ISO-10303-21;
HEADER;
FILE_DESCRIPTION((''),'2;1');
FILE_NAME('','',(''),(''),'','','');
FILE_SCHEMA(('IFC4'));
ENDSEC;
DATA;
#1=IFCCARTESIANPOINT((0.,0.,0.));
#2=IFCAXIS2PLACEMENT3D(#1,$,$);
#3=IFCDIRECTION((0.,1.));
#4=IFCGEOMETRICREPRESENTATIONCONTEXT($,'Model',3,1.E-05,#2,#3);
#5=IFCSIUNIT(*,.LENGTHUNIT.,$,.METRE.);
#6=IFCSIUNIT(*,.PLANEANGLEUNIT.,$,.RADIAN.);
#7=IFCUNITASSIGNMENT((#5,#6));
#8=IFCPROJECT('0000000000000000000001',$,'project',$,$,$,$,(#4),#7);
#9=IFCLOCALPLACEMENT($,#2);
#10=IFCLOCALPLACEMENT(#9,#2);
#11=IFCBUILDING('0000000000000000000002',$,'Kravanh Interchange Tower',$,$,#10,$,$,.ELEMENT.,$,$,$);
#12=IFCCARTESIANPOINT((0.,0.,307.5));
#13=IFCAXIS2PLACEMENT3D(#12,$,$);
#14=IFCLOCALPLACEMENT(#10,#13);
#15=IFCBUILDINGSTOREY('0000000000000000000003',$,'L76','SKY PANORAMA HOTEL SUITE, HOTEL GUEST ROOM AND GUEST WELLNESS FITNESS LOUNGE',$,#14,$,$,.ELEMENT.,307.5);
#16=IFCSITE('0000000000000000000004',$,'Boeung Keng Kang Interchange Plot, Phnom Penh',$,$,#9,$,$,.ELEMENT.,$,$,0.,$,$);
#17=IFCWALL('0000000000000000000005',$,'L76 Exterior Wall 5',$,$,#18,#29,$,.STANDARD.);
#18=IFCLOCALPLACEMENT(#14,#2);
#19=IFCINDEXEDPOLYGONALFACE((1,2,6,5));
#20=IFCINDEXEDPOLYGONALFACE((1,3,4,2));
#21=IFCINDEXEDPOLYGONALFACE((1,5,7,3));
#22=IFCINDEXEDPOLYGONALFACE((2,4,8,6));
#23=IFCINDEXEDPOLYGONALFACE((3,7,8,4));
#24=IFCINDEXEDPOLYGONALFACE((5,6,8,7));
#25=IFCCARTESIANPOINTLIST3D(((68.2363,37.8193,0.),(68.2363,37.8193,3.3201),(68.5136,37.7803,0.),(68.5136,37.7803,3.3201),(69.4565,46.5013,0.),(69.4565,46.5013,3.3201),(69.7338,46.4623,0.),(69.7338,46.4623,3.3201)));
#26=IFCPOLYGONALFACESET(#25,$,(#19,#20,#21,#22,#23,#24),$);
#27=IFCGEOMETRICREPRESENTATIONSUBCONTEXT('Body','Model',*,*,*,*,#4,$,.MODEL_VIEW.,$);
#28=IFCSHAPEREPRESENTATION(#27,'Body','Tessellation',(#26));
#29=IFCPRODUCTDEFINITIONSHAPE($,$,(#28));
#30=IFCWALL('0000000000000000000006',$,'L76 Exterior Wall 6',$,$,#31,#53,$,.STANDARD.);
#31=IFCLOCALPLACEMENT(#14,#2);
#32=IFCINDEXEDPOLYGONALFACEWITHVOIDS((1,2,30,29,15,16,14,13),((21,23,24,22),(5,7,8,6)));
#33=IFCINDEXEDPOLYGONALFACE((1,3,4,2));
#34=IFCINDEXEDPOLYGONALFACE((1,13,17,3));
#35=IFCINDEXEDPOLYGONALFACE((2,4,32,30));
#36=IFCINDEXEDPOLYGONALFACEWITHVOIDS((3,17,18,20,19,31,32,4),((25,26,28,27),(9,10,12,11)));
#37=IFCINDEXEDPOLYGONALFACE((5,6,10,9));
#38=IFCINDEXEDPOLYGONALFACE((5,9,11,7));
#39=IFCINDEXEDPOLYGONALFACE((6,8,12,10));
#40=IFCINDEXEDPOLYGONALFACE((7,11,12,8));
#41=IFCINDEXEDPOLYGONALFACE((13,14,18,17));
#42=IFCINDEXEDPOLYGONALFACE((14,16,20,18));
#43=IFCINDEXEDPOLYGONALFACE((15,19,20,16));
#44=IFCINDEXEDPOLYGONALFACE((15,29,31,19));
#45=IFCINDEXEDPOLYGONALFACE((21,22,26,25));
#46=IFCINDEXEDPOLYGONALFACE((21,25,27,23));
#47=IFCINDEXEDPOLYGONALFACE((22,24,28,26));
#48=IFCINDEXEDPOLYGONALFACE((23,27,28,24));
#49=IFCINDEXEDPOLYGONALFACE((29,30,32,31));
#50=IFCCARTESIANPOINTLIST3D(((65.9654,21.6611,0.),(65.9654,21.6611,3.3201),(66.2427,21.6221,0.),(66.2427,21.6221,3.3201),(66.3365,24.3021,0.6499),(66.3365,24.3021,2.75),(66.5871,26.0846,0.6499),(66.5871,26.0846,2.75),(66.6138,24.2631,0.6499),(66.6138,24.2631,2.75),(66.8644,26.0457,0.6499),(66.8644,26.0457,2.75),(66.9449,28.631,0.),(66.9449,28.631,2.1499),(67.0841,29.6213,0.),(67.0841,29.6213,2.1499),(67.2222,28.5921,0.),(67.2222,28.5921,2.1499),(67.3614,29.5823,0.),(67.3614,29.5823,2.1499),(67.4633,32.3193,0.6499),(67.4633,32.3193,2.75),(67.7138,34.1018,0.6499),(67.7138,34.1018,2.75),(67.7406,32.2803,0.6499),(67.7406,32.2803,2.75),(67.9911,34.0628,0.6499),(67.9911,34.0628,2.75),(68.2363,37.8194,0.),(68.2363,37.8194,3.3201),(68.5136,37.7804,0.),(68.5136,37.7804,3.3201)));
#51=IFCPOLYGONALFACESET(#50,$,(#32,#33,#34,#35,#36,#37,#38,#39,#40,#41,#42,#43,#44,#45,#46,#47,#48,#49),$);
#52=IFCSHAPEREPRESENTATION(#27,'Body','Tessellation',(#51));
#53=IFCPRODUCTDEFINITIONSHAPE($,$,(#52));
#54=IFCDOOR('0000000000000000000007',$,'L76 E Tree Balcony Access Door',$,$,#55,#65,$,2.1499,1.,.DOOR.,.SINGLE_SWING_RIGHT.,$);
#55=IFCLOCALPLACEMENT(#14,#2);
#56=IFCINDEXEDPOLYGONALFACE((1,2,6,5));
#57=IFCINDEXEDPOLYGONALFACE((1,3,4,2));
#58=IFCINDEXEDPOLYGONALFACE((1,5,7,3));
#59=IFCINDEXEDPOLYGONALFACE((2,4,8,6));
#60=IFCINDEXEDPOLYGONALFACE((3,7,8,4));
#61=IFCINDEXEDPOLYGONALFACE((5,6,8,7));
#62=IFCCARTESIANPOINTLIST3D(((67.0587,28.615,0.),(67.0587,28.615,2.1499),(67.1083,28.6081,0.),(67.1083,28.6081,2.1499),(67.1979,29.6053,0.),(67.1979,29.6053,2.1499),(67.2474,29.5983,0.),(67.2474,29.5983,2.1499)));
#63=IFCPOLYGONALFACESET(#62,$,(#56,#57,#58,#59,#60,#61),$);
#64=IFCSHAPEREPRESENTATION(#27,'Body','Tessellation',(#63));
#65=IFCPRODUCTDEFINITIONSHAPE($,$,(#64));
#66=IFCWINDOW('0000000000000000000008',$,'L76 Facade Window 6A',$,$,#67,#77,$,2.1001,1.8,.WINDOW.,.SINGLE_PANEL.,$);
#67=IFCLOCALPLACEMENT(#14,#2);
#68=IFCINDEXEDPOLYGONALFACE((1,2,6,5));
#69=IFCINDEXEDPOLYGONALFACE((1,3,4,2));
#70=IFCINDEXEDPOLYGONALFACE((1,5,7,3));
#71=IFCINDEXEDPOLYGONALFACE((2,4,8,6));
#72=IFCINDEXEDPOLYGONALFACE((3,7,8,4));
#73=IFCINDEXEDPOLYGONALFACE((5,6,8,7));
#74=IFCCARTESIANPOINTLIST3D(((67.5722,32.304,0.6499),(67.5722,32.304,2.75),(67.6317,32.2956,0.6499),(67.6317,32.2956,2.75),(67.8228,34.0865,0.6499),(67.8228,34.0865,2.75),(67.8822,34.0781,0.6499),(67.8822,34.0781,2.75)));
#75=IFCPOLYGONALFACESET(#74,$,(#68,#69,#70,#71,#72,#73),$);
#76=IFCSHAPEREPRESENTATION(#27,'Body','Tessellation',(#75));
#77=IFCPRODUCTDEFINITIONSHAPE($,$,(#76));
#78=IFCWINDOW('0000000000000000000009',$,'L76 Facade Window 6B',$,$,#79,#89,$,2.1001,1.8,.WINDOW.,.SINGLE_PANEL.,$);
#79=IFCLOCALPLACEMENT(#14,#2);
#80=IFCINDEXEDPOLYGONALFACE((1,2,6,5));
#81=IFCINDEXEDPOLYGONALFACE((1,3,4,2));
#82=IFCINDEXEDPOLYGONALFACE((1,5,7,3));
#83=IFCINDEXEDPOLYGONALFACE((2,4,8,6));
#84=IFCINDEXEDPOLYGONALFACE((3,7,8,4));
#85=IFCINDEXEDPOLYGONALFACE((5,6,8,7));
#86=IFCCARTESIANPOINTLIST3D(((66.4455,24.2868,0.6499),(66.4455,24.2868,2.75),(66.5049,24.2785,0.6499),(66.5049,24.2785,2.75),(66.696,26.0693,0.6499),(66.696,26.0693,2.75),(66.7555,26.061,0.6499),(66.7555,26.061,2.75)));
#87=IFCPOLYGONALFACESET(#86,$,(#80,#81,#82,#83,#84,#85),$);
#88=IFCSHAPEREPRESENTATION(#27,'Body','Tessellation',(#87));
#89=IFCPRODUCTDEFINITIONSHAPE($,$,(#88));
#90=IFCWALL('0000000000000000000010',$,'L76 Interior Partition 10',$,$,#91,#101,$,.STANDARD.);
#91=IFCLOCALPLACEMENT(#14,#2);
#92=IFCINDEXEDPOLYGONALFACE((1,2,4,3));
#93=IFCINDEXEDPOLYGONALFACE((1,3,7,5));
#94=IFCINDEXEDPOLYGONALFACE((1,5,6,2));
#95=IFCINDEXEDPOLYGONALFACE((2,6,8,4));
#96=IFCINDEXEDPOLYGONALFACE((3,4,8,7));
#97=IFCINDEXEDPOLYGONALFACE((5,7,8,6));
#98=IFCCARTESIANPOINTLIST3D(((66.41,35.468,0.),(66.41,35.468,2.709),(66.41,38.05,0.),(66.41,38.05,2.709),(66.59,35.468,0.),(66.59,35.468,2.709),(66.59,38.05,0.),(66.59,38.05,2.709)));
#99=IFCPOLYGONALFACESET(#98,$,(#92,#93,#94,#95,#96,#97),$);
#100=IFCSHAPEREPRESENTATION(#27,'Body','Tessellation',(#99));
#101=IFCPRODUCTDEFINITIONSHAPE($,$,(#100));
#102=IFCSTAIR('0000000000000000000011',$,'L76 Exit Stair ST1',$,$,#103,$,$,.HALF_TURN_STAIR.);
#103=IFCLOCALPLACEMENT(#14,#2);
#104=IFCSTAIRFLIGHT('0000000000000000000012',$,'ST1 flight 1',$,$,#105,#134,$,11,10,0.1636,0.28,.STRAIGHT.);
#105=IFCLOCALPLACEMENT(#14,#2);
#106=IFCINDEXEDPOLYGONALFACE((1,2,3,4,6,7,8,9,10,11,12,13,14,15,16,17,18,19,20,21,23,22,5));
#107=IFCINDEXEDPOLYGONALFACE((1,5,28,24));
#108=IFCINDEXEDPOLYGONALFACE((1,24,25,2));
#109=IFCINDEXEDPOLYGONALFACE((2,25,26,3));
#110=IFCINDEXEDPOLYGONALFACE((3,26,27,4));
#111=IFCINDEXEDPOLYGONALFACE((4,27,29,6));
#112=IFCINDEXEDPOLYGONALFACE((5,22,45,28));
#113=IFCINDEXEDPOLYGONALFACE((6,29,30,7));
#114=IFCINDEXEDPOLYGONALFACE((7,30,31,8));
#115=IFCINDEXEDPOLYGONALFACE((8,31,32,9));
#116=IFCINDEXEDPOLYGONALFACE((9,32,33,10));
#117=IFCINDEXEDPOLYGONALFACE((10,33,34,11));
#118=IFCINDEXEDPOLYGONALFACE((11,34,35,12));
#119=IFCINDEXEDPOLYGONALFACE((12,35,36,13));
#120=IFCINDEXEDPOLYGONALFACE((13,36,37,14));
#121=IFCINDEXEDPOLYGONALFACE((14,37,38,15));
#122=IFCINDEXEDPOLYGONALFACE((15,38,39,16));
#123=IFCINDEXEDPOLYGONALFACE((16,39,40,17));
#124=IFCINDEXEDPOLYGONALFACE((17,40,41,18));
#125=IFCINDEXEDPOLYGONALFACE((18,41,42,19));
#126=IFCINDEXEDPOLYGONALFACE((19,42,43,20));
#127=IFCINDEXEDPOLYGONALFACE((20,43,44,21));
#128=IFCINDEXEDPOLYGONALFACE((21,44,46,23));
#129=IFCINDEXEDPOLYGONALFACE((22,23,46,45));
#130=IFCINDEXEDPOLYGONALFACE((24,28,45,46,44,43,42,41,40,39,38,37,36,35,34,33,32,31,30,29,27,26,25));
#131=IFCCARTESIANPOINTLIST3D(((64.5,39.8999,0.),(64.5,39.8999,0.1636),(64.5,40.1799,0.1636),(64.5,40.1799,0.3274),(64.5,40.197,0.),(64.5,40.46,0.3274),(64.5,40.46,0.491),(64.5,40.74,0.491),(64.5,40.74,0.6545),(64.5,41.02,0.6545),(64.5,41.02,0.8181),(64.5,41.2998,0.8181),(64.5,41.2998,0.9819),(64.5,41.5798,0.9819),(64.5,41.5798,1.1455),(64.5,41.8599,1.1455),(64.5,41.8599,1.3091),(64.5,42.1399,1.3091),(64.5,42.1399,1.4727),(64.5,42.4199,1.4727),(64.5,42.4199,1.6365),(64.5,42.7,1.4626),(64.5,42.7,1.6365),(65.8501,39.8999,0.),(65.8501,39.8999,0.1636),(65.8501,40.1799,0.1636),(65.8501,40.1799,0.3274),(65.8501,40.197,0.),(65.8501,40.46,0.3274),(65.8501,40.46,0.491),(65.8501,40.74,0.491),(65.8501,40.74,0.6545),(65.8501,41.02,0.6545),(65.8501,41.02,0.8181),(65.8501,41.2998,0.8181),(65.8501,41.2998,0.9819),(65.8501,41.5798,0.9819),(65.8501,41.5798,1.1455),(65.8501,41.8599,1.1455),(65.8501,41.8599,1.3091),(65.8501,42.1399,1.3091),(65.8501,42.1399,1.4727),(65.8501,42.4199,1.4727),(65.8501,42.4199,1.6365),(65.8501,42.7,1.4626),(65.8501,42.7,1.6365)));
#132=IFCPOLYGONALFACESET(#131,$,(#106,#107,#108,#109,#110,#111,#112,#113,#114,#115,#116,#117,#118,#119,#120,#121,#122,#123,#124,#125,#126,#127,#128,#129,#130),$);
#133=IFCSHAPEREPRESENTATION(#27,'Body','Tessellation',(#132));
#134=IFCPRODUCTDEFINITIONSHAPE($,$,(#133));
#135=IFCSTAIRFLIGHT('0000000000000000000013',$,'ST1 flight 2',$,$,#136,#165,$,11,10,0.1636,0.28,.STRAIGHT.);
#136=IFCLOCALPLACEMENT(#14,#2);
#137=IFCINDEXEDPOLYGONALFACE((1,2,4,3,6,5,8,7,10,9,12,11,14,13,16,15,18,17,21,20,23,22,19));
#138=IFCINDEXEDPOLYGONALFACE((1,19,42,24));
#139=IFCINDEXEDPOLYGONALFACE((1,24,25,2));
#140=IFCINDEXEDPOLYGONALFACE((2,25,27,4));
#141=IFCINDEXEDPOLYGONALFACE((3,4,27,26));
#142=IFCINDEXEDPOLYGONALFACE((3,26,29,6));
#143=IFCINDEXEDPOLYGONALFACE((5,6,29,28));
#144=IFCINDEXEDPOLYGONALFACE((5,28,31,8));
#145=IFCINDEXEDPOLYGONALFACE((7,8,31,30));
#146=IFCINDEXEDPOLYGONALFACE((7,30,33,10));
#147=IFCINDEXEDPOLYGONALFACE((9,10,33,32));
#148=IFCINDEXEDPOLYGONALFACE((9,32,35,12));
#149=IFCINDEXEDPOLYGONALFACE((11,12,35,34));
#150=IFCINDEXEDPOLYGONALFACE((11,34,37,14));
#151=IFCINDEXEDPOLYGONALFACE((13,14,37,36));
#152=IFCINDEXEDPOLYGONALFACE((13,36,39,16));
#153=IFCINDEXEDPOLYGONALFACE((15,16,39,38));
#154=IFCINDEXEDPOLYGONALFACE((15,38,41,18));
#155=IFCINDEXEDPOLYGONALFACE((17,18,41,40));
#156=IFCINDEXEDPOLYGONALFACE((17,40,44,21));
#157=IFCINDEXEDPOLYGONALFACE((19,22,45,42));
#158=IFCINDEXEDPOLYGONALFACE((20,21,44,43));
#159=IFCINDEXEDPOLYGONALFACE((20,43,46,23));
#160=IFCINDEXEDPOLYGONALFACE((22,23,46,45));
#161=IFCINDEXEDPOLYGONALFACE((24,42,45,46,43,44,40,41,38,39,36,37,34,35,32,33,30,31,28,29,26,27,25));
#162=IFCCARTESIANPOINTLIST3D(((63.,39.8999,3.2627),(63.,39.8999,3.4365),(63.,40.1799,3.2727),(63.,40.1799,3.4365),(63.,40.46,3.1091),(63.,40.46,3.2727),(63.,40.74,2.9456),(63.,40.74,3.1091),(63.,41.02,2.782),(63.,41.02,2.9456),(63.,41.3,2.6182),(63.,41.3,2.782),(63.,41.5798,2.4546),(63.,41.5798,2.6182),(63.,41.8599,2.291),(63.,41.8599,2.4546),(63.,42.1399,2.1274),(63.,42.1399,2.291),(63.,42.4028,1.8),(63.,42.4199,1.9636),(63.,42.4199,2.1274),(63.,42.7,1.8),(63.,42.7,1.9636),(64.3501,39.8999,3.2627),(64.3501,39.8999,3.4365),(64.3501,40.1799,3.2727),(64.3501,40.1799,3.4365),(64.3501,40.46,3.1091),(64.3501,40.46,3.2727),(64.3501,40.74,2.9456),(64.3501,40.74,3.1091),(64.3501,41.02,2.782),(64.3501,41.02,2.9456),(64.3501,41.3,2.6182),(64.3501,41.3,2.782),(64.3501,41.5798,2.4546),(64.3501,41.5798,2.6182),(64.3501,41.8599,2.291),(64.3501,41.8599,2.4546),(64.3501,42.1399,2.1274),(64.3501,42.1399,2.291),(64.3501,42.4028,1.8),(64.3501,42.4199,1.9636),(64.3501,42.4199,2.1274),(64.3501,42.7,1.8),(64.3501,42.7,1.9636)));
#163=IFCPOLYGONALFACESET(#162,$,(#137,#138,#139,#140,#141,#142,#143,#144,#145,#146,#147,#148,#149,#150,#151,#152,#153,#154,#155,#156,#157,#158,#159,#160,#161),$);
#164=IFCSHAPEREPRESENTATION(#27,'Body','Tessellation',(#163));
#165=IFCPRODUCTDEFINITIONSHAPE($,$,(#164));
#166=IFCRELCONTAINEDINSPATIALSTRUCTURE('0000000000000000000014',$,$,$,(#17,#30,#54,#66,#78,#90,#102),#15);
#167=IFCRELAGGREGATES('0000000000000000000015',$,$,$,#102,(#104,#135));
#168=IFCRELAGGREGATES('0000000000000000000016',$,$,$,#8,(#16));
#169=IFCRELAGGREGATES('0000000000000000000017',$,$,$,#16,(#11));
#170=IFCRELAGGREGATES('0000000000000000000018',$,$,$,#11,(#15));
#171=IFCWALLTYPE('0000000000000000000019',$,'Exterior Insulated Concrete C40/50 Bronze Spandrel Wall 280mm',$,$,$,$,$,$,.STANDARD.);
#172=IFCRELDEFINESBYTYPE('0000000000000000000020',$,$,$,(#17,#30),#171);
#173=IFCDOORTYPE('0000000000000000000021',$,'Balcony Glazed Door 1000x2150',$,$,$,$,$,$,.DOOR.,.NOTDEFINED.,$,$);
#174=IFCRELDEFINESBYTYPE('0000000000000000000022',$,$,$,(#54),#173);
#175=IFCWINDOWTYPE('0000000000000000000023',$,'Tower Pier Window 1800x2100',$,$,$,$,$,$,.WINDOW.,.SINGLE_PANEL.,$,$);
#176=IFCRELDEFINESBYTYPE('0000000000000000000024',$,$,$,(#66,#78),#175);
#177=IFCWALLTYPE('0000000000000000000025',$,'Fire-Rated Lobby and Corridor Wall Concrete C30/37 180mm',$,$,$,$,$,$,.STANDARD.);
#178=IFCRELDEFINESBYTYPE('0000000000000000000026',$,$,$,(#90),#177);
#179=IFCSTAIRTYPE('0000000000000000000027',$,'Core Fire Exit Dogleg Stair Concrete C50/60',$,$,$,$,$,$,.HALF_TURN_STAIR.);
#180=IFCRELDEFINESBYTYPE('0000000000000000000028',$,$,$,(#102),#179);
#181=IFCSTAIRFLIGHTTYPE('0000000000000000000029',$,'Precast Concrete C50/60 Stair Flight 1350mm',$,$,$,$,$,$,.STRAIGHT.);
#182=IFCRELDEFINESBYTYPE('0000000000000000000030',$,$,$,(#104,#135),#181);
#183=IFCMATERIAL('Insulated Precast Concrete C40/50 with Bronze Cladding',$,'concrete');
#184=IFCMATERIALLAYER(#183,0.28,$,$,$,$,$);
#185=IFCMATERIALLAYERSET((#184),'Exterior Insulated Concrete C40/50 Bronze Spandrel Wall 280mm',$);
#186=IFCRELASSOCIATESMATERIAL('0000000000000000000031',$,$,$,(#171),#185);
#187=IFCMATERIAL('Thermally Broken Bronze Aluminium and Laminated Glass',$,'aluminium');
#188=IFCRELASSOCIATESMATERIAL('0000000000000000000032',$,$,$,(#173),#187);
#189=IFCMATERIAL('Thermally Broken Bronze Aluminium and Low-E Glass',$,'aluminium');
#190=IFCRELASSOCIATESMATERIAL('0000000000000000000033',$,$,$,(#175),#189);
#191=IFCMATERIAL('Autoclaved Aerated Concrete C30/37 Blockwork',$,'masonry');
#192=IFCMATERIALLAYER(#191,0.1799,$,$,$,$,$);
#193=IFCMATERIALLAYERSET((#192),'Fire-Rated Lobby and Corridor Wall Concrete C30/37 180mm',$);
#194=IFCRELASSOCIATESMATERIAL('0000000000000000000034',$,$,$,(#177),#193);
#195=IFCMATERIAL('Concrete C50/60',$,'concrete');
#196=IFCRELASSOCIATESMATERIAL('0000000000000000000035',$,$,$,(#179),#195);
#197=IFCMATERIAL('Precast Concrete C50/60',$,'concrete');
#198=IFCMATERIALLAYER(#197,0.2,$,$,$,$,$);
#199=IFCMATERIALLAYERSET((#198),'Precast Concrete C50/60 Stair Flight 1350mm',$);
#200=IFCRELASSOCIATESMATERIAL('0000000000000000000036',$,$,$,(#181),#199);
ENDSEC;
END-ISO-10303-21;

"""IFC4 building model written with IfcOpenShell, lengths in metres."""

from ifc_helpers import new_model, si_unit, direction, frame, frame_2d, origin, place, context, subcontext, project, spatial, polyline, rectangle, outline, extrude, material, layer, layer_set, type_object, element, fill, aggregate, save


model = new_model("IFC4")

# Units and contexts
model_context = context("Model", 3, precision=1e-05, world=origin(), true_north=direction((0.0, 1.0)))
body_context = subcontext(model_context, "Body", "Model", "MODEL_VIEW")
ifc_project = project(units=[si_unit("LENGTHUNIT", "METRE"), si_unit("PLANEANGLEUNIT", "RADIAN")], contexts=[model_context])

# Site, building, storey
site_placement = place(None, origin())
site = spatial("IfcSite", under=ifc_project, at=site_placement, Name="Boeung Keng Kang Interchange Plot, Phnom Penh", CompositionType="ELEMENT", RefElevation=0.0)
building_placement = place(site_placement, origin())
building = spatial("IfcBuilding", under=site, at=building_placement, Name="Kravanh Interchange Tower", CompositionType="ELEMENT")
storey_placement = place(building_placement, frame((0.0, 0.0, 307.5)))
storey = spatial("IfcBuildingStorey", under=building, at=storey_placement, Name="L76", Description="SKY PANORAMA HOTEL SUITE, HOTEL GUEST ROOM AND GUEST WELLNESS FITNESS LOUNGE", CompositionType="ELEMENT", Elevation=307.5)

# Wall
ifc_material_1 = material(Name="Insulated Precast Concrete C40/50 with Bronze Cladding", Category="concrete")
ifc_layer_1 = layer(ifc_material_1, 0.28)
ifc_layer_set_1 = layer_set([ifc_layer_1], Name="Exterior Insulated Concrete C40/50 Bronze Spandrel Wall 280mm")
wall_type_1 = type_object("IfcWallType", Name="Exterior Insulated Concrete C40/50 Bronze Spandrel Wall 280mm", PredefinedType="STANDARD", material=ifc_layer_set_1)
wall_1_placement = place(storey_placement, frame((69.5952, 46.4819, 0.0), z_axis=(0.0, 0.0, 1.0), x_axis=(-0.139179, -0.990267, 0.0)))
element("IfcWall", 1, at=wall_1_placement, inside=storey, type_object=wall_type_1, Name="L76 Exterior Wall 5", PredefinedType="STANDARD", context=body_context, shape_type="SweptSolid", body=[
    extrude(rectangle(XDim=8.7673, YDim=0.28, at=frame_2d((4.3838, 0.0))), origin(), (0.0, 0.0, 1.0), 3.3201),
])

# Wall, openings, door, windows
wall_2_placement = place(storey_placement, frame((68.375, 37.8, 0.0), z_axis=(0.0, 0.0, 1.0), x_axis=(-0.139178, -0.990267, 0.0)))
wall_2 = element("IfcWall", 2, at=wall_2_placement, inside=storey, type_object=wall_type_1, Name="L76 Exterior Wall 6", PredefinedType="STANDARD", context=body_context, shape_type="SweptSolid", body=[
    extrude(rectangle(XDim=16.3171, YDim=0.28, at=frame_2d((8.1587, 0.0))), origin(), (0.0, 0.0, 1.0), 3.3201),
])
opening_1_placement = place(wall_2_placement, frame((8.2788, 0.0, 0.0)))
opening_1 = element("IfcOpeningElement", 3, at=opening_1_placement, cuts=wall_2, PredefinedType="OPENING", context=body_context, shape_type="SweptSolid", body=[
    extrude(rectangle(XDim=1.0, YDim=2.1499, at=frame_2d((0.5, 1.075))), frame((0.0, 0.1499, 0.0), z_axis=(0.0, -1.0, 0.0), x_axis=(1.0, 0.0, 0.0)), (0.0, 0.0, 1.0), 0.3),
])
opening_2_placement = place(wall_2_placement, frame((3.7544, 0.0, 0.6499)))
opening_2 = element("IfcOpeningElement", 4, at=opening_2_placement, cuts=wall_2, PredefinedType="OPENING", context=body_context, shape_type="SweptSolid", body=[
    extrude(rectangle(XDim=1.8, YDim=2.1001, at=frame_2d((0.8999, 1.05))), frame((0.0, 0.1499, 0.0), z_axis=(0.0, -1.0, 0.0), x_axis=(1.0, 0.0, 0.0)), (0.0, 0.0, 1.0), 0.3),
])
opening_3_placement = place(wall_2_placement, frame((11.8503, 0.0, 0.6499)))
opening_3 = element("IfcOpeningElement", 5, at=opening_3_placement, cuts=wall_2, PredefinedType="OPENING", context=body_context, shape_type="SweptSolid", body=[
    extrude(rectangle(XDim=1.8, YDim=2.1001, at=frame_2d((0.8999, 1.05))), frame((0.0, 0.1499, 0.0), z_axis=(0.0, -1.0, 0.0), x_axis=(1.0, 0.0, 0.0)), (0.0, 0.0, 1.0), 0.3),
])
ifc_material_2 = material(Name="Thermally Broken Bronze Aluminium and Laminated Glass", Category="aluminium")
door_type_1 = type_object("IfcDoorType", Name="Balcony Glazed Door 1000x2150", OperationType="NOTDEFINED", PredefinedType="DOOR", material=ifc_material_2)
door_1_placement = place(opening_1_placement, origin())
door_1 = element("IfcDoor", 6, at=door_1_placement, inside=storey, type_object=door_type_1, Name="L76 E Tree Balcony Access Door", OperationType="SINGLE_SWING_RIGHT", OverallHeight=2.1499, OverallWidth=1.0, PredefinedType="DOOR", context=body_context, shape_type="SweptSolid", body=[
    extrude(rectangle(XDim=1.0, YDim=2.1499, at=frame_2d((0.5, 1.075))), frame((0.0, 0.0249, 0.0), z_axis=(0.0, -1.0, 0.0), x_axis=(1.0, 0.0, 0.0)), (0.0, 0.0, 1.0), 0.05),
])
fill(opening_1, door_1)
ifc_material_3 = material(Name="Thermally Broken Bronze Aluminium and Low-E Glass", Category="aluminium")
window_type = type_object("IfcWindowType", Name="Tower Pier Window 1800x2100", PartitioningType="SINGLE_PANEL", PredefinedType="WINDOW", material=ifc_material_3)
window_1_placement = place(opening_2_placement, origin())
window_1 = element("IfcWindow", 7, at=window_1_placement, inside=storey, type_object=window_type, Name="L76 Facade Window 6A", OverallHeight=2.1001, OverallWidth=1.8, PartitioningType="SINGLE_PANEL", PredefinedType="WINDOW", context=body_context, shape_type="SweptSolid", body=[
    extrude(rectangle(XDim=1.8, YDim=2.1001, at=frame_2d((0.8999, 1.05))), frame((0.0, 0.03, 0.0), z_axis=(0.0, -1.0, 0.0), x_axis=(1.0, 0.0, 0.0)), (0.0, 0.0, 1.0), 0.0601),
])
fill(opening_2, window_1)
window_2_placement = place(opening_3_placement, origin())
window_2 = element("IfcWindow", 8, at=window_2_placement, inside=storey, type_object=window_type, Name="L76 Facade Window 6B", OverallHeight=2.1001, OverallWidth=1.8, PartitioningType="SINGLE_PANEL", PredefinedType="WINDOW", context=body_context, shape_type="SweptSolid", body=[
    extrude(rectangle(XDim=1.8, YDim=2.1001, at=frame_2d((0.8999, 1.05))), frame((0.0, 0.03, 0.0), z_axis=(0.0, -1.0, 0.0), x_axis=(1.0, 0.0, 0.0)), (0.0, 0.0, 1.0), 0.0601),
])
fill(opening_3, window_2)

# Wall
ifc_material_4 = material(Name="Autoclaved Aerated Concrete C30/37 Blockwork", Category="masonry")
ifc_layer_2 = layer(ifc_material_4, 0.1799)
ifc_layer_set_2 = layer_set([ifc_layer_2], Name="Fire-Rated Lobby and Corridor Wall Concrete C30/37 180mm")
wall_type_2 = type_object("IfcWallType", Name="Fire-Rated Lobby and Corridor Wall Concrete C30/37 180mm", PredefinedType="STANDARD", material=ifc_layer_set_2)
wall_3_placement = place(storey_placement, frame((66.5, 35.468, 0.0), z_axis=(0.0, 0.0, 1.0), x_axis=(0.0, 1.0, 0.0)))
element("IfcWall", 9, at=wall_3_placement, inside=storey, type_object=wall_type_2, Name="L76 Interior Partition 10", PredefinedType="STANDARD", context=body_context, shape_type="SweptSolid", body=[
    extrude(rectangle(XDim=2.582, YDim=0.1799, at=frame_2d((1.291, 0.0))), origin(), (0.0, 0.0, 1.0), 2.709),
])

# Stair, stair flights
ifc_material_5 = material(Name="Concrete C50/60", Category="concrete")
stair_type = type_object("IfcStairType", Name="Core Fire Exit Dogleg Stair Concrete C50/60", PredefinedType="HALF_TURN_STAIR", material=ifc_material_5)
stair_placement = place(storey_placement, origin())
stair = element("IfcStair", 10, at=stair_placement, inside=storey, type_object=stair_type, Name="L76 Exit Stair ST1", PredefinedType="HALF_TURN_STAIR")
ifc_material_6 = material(Name="Precast Concrete C50/60", Category="concrete")
ifc_layer_3 = layer(ifc_material_6, 0.2)
ifc_layer_set_3 = layer_set([ifc_layer_3], Name="Precast Concrete C50/60 Stair Flight 1350mm")
stair_flight_type = type_object("IfcStairFlightType", Name="Precast Concrete C50/60 Stair Flight 1350mm", PredefinedType="STRAIGHT", material=ifc_layer_set_3)
stair_flight_1_placement = place(storey_placement, frame((65.175, 39.8999, 0.0), z_axis=(0.0, 0.0, 1.0), x_axis=(0.0, 1.0, 0.0)))
stair_flight_1 = element("IfcStairFlight", 11, at=stair_flight_1_placement, type_object=stair_flight_type, Name="ST1 flight 1", NumberOfRisers=11, NumberOfTreads=10, PredefinedType="STRAIGHT", RiserHeight=0.1636, TreadLength=0.28, context=body_context, shape_type="SweptSolid", body=[
    extrude(outline(polyline([(0.0, 0.0), (0.0, 0.1636), (0.28, 0.1636), (0.28, 0.3274), (0.5601, 0.3274), (0.5601, 0.491), (0.8401, 0.491), (0.8401, 0.6545), (1.1201, 0.6545), (1.1201, 0.8181), (1.3999, 0.8181), (1.3999, 0.9819), (1.6799, 0.9819), (1.6799, 1.1455), (1.96, 1.1455), (1.96, 1.3091), (2.24, 1.3091), (2.24, 1.4727), (2.52, 1.4727), (2.52, 1.6365), (2.8, 1.6365), (2.8, 1.8), (2.8, 1.4626), (0.2971, 0.0), (0.0, 0.0)])), frame((0.0, 0.675, 0.0), z_axis=(0.0, -1.0, 0.0), x_axis=(1.0, 0.0, 0.0)), (0.0, 0.0, 1.0), 1.3501),
])
stair_flight_2_placement = place(storey_placement, frame((63.675, 42.7, 1.8), z_axis=(0.0, 0.0, 1.0), x_axis=(0.0, -1.0, 0.0)))
stair_flight_2 = element("IfcStairFlight", 12, at=stair_flight_2_placement, type_object=stair_flight_type, Name="ST1 flight 2", NumberOfRisers=11, NumberOfTreads=10, PredefinedType="STRAIGHT", RiserHeight=0.1636, TreadLength=0.28, context=body_context, shape_type="SweptSolid", body=[
    extrude(outline(polyline([(0.0, 0.0), (0.0, 0.1636), (0.28, 0.1636), (0.28, 0.3274), (0.5601, 0.3274), (0.5601, 0.491), (0.8401, 0.491), (0.8401, 0.6545), (1.1201, 0.6545), (1.1201, 0.8181), (1.3999, 0.8181), (1.3999, 0.9819), (1.6799, 0.9819), (1.6799, 1.1455), (1.96, 1.1455), (1.96, 1.3091), (2.24, 1.3091), (2.24, 1.4727), (2.52, 1.4727), (2.52, 1.6365), (2.8, 1.6365), (2.8, 1.8), (2.8, 1.4626), (0.2971, 0.0), (0.0, 0.0)])), frame((0.0, 0.675, 0.0), z_axis=(0.0, -1.0, 0.0), x_axis=(1.0, 0.0, 0.0)), (0.0, 0.0, 1.0), 1.3501),
])
aggregate(stair, [stair_flight_1, stair_flight_2])

save(model, "model.ifc")
